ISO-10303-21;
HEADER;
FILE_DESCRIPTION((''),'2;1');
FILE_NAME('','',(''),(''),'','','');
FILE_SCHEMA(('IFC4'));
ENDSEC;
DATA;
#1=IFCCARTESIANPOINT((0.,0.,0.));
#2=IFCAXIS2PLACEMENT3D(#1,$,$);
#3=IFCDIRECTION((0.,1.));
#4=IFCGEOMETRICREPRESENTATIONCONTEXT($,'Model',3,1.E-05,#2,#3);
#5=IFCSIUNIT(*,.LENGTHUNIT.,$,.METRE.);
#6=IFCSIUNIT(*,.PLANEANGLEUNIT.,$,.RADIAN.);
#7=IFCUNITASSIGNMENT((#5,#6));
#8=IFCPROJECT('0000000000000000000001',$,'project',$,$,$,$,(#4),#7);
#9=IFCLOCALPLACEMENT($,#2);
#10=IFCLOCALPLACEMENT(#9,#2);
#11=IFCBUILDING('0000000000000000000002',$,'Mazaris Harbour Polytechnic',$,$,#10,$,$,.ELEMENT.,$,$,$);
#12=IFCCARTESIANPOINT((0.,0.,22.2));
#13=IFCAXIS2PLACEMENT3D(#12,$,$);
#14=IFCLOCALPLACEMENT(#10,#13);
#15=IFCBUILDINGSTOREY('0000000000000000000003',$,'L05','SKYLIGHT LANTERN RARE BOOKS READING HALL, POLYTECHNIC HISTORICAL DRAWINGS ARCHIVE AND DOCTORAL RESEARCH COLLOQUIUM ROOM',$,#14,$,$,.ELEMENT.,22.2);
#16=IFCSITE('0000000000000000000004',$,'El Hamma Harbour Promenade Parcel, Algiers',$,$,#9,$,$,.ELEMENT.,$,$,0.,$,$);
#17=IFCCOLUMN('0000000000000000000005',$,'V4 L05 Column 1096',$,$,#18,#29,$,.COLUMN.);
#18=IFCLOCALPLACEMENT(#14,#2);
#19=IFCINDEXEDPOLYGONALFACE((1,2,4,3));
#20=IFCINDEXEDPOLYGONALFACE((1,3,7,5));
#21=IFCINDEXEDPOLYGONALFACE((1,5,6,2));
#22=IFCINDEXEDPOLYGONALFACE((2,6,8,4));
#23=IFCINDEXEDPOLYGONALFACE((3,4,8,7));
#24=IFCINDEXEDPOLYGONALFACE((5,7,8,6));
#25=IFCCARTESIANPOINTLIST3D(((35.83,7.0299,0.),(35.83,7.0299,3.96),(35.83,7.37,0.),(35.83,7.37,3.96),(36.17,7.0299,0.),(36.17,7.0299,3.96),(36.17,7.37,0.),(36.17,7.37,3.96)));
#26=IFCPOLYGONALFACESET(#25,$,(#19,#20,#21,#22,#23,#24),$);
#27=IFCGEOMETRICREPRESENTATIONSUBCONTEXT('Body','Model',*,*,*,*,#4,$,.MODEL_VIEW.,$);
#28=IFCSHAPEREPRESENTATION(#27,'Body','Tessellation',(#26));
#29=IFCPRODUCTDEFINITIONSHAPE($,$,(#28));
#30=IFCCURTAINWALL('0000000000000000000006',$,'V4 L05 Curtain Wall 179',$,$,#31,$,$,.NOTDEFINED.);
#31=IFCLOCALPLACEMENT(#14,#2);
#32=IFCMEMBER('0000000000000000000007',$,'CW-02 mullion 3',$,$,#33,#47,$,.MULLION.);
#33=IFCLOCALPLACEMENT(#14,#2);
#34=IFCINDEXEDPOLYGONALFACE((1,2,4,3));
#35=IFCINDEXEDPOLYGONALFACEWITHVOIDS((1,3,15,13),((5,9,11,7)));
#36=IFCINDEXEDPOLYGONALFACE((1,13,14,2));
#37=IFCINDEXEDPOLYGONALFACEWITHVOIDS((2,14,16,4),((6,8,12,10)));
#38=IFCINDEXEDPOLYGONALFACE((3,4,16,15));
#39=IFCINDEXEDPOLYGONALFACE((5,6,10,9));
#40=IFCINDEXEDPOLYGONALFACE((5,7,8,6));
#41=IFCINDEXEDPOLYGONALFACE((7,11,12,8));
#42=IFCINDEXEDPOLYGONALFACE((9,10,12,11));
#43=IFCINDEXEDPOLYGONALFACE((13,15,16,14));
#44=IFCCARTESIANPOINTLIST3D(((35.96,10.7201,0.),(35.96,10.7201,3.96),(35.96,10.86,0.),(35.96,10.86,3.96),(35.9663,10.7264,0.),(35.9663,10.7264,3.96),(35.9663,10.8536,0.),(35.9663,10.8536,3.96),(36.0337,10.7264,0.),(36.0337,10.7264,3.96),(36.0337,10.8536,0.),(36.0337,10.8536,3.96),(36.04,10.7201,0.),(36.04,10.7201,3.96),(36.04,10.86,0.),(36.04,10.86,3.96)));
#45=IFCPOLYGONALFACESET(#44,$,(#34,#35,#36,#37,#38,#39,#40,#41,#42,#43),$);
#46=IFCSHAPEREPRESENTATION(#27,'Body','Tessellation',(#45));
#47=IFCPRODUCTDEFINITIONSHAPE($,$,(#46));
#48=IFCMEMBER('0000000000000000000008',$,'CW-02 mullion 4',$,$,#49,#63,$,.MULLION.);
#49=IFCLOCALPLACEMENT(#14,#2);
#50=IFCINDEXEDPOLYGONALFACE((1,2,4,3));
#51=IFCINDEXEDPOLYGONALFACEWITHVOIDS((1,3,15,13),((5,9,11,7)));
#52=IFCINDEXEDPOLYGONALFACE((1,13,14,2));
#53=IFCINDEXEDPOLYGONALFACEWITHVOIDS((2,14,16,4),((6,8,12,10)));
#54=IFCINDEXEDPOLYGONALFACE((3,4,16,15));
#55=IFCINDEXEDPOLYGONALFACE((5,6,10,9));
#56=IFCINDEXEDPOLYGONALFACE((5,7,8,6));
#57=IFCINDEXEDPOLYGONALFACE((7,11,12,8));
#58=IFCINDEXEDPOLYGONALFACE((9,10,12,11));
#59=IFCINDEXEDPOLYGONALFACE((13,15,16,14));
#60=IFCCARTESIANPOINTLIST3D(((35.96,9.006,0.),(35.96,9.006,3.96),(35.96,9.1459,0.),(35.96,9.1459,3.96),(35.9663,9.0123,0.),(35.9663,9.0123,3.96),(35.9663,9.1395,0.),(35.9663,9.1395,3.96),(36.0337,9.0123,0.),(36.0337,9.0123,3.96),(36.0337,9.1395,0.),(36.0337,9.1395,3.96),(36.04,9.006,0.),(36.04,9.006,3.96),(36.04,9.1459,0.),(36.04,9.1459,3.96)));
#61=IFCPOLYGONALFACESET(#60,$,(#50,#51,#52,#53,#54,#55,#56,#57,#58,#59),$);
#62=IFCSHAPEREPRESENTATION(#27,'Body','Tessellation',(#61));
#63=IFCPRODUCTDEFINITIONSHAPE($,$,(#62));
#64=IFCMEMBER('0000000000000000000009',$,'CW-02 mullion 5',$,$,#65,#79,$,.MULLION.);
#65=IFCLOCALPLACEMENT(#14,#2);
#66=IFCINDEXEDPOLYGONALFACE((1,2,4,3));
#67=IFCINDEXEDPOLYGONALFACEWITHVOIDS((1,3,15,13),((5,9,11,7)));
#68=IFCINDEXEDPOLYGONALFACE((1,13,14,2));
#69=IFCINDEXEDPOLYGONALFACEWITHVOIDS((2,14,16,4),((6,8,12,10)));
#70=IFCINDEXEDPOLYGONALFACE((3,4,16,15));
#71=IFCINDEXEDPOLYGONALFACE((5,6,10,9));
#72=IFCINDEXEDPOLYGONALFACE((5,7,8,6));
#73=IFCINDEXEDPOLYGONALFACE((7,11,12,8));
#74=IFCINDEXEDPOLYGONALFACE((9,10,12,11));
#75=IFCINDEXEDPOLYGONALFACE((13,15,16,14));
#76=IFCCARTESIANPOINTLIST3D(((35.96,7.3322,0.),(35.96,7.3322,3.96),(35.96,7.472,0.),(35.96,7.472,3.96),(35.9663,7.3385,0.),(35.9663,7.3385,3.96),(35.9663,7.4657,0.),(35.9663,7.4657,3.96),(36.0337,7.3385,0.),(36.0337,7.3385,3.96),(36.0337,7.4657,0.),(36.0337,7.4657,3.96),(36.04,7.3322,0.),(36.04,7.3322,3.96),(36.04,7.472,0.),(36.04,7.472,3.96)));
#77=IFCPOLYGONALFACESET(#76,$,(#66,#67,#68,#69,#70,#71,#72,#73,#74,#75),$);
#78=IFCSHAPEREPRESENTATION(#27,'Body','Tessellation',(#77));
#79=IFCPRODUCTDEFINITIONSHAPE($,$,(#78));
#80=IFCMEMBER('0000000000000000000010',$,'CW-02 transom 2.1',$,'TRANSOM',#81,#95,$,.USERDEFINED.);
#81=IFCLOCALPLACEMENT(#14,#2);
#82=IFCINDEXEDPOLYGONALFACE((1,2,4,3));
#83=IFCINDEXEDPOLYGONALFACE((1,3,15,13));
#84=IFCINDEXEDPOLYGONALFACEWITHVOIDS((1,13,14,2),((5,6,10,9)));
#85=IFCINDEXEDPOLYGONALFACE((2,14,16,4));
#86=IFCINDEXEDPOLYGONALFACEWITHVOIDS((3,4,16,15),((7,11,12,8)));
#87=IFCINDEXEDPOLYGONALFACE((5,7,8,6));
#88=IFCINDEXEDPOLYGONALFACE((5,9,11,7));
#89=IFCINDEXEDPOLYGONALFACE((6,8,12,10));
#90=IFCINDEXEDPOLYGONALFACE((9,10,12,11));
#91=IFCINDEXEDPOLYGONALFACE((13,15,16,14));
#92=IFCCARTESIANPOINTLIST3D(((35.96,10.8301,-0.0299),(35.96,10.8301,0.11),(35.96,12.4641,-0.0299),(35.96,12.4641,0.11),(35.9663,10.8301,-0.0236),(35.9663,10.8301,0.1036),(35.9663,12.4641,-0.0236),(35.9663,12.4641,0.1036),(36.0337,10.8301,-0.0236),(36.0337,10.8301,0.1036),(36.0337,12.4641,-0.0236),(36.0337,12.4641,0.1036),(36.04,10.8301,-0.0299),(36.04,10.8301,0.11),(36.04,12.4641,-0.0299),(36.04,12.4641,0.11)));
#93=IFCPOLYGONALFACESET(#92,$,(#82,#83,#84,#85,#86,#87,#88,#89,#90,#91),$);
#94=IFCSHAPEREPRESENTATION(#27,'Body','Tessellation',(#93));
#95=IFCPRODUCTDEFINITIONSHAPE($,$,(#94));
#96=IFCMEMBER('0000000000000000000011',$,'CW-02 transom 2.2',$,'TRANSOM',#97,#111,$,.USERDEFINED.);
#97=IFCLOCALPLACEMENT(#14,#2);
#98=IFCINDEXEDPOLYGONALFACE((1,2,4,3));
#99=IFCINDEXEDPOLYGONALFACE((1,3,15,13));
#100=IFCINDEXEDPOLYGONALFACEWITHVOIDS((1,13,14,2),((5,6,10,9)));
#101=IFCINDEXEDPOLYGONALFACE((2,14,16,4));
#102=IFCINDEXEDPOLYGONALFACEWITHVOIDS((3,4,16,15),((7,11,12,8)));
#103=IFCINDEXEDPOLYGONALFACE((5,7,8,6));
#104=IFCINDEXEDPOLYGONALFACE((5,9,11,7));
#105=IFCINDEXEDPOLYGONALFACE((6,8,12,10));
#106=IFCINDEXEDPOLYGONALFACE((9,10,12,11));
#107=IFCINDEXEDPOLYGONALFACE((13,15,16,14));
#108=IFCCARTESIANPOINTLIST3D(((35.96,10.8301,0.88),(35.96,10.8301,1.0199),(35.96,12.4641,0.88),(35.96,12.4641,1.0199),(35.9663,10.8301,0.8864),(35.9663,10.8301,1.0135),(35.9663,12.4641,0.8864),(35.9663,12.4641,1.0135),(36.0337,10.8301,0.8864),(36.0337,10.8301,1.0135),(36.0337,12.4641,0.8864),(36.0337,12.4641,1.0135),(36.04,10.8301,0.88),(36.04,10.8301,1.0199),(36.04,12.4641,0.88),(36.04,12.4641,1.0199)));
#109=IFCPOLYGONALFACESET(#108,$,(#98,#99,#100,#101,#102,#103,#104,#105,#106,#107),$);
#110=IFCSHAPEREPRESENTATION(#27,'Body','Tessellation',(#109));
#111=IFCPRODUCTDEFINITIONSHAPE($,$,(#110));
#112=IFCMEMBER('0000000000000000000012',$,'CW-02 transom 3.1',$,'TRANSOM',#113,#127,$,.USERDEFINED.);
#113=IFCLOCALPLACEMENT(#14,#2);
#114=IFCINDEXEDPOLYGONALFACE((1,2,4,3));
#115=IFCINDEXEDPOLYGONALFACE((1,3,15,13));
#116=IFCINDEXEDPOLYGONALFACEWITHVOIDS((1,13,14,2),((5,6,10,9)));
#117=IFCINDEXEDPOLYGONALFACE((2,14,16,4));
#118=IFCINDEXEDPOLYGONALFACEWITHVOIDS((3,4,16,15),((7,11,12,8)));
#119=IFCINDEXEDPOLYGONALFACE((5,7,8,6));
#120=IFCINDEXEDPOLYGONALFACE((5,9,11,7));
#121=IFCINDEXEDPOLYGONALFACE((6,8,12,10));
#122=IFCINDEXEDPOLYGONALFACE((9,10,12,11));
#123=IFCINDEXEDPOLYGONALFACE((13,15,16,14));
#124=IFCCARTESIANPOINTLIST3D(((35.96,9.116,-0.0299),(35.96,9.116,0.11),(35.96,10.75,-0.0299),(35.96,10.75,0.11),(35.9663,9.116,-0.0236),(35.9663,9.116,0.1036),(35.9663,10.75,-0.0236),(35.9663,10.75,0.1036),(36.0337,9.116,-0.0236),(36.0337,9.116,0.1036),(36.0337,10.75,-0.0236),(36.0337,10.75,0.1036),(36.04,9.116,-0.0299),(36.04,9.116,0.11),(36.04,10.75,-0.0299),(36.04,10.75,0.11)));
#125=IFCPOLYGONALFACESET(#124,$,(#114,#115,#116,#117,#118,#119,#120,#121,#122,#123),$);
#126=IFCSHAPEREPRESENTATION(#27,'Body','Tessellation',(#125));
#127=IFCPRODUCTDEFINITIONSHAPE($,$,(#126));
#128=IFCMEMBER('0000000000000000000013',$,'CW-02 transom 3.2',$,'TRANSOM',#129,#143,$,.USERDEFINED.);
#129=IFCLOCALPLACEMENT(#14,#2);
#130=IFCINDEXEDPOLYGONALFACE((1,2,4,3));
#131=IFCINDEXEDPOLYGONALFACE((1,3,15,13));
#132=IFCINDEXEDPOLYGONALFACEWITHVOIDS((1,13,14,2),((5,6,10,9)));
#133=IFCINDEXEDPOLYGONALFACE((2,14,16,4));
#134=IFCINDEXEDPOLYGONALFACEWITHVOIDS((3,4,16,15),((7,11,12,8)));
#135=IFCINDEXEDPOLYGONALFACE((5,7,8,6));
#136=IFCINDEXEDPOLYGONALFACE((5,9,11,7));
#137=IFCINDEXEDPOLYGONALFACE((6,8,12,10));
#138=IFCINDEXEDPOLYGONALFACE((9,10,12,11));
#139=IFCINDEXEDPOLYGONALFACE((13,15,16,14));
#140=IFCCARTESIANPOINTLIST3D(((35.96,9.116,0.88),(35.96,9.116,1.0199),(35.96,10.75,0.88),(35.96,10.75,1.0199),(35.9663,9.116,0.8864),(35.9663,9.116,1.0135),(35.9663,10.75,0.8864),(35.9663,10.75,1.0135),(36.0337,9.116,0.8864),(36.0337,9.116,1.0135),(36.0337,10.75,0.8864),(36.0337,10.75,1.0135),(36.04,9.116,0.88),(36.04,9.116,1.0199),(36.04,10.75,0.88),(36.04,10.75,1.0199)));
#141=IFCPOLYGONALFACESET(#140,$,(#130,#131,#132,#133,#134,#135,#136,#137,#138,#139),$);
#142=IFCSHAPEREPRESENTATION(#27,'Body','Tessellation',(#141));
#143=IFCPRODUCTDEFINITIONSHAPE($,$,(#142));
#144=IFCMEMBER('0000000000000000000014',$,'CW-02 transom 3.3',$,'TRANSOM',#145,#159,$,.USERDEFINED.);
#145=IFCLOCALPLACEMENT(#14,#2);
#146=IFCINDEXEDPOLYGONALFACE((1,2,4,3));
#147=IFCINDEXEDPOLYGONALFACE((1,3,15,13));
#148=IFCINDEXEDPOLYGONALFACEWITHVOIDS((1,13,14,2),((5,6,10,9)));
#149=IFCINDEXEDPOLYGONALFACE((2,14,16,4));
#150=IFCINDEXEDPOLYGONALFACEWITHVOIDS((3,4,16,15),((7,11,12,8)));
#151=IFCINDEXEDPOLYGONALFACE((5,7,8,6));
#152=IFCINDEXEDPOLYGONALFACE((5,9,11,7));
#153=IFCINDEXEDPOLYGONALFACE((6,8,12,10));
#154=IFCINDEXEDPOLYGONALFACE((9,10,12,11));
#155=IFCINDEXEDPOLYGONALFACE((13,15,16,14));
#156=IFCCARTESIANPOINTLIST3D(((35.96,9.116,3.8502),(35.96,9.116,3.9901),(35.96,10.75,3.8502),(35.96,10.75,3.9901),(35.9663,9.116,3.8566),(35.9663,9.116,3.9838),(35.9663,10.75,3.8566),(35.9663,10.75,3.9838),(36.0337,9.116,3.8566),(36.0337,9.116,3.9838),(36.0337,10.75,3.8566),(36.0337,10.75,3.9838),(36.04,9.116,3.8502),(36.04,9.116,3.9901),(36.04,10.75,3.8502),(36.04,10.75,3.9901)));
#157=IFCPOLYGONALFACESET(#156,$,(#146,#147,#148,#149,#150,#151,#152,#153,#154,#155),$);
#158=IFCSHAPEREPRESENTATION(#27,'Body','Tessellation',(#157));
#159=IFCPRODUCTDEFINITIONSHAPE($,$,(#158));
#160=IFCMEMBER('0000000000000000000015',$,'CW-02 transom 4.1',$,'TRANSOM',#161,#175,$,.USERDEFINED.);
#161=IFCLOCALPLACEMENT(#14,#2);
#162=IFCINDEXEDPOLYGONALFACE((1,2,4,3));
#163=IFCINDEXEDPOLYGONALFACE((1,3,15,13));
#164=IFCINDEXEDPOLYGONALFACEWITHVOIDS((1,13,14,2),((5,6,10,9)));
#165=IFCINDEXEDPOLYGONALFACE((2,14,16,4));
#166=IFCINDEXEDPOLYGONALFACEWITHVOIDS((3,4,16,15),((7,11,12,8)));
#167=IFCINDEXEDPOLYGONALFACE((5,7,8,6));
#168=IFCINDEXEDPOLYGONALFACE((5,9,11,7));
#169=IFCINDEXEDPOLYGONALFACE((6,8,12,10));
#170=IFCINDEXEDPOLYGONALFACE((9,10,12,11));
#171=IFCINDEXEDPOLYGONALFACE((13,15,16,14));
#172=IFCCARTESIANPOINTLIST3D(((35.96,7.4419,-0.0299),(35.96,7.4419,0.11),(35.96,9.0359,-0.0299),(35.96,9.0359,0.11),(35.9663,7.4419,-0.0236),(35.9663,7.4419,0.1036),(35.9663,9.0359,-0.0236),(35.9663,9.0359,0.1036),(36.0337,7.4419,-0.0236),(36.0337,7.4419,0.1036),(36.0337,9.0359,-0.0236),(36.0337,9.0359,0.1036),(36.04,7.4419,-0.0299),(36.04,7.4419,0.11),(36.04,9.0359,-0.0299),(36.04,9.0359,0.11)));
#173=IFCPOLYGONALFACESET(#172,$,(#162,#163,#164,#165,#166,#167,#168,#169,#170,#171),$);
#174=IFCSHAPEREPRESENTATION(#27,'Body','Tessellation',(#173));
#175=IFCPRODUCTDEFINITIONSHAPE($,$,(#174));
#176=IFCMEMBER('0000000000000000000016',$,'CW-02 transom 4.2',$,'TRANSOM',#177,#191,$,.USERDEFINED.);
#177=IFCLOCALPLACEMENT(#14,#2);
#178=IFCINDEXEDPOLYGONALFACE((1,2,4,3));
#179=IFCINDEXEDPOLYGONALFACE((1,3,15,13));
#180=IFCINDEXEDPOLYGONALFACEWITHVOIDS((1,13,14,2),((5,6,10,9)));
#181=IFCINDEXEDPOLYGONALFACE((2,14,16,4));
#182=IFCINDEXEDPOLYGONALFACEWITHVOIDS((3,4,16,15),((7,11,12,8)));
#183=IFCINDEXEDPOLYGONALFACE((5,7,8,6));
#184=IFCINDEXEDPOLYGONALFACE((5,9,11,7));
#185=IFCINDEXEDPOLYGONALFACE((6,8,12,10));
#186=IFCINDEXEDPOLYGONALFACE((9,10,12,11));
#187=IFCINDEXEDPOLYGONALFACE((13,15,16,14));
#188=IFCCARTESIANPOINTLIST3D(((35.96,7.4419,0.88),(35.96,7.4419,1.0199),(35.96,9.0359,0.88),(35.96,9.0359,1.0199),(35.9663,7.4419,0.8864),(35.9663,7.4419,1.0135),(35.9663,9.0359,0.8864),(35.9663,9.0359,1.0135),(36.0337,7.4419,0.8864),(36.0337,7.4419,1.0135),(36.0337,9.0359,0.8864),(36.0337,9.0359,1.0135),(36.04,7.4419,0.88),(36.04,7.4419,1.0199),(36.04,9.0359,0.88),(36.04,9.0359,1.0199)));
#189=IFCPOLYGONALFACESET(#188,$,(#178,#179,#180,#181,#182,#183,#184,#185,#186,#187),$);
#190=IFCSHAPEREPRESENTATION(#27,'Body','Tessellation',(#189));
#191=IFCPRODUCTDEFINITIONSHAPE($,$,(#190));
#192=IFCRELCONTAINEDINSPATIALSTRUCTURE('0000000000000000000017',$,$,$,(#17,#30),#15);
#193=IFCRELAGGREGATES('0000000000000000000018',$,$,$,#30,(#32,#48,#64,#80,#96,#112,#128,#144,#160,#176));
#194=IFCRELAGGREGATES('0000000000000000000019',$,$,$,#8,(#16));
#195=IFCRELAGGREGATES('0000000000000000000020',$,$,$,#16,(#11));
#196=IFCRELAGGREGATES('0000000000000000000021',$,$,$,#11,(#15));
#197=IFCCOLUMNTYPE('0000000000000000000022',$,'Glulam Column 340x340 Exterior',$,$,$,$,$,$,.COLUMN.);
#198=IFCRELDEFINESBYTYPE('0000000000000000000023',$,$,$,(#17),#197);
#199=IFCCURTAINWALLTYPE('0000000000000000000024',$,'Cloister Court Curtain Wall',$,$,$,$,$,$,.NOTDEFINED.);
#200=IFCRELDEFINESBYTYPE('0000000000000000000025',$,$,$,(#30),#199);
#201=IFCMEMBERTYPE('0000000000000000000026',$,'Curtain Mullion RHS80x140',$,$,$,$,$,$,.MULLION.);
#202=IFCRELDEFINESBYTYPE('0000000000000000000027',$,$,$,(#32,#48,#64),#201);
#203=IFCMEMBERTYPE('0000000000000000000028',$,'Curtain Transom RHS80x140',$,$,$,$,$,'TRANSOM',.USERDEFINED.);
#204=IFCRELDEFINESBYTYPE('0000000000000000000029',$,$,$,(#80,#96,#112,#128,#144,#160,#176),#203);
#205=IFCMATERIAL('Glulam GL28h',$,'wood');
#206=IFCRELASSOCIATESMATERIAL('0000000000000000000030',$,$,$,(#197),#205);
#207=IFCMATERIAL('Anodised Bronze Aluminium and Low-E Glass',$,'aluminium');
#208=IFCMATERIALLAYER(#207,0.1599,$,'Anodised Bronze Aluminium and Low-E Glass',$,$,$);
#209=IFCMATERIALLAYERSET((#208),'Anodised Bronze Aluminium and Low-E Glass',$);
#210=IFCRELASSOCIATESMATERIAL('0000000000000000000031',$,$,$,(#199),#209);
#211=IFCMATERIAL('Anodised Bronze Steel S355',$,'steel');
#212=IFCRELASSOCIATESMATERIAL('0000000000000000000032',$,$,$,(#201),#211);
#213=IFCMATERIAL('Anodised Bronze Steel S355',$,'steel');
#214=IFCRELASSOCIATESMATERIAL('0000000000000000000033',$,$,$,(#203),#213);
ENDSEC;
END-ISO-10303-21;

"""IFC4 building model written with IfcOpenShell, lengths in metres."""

from ifc_helpers import new_model, si_unit, direction, frame, origin, origin_2d, place, context, subcontext, project, spatial, rectangle, hollow_rectangle, extrude, material, layer, layer_set, material_profile, profile_set, type_object, element, aggregate, save


model = new_model("IFC4")

# Units and contexts
model_context = context("Model", 3, precision=1e-05, world=origin(), true_north=direction((0.0, 1.0)))
body_context = subcontext(model_context, "Body", "Model", "MODEL_VIEW")
ifc_project = project(units=[si_unit("LENGTHUNIT", "METRE"), si_unit("PLANEANGLEUNIT", "RADIAN")], contexts=[model_context])

# Site, building, storey
site_placement = place(None, origin())
site = spatial("IfcSite", under=ifc_project, at=site_placement, Name="El Hamma Harbour Promenade Parcel, Algiers", CompositionType="ELEMENT", RefElevation=0.0)
building_placement = place(site_placement, origin())
building = spatial("IfcBuilding", under=site, at=building_placement, Name="Mazaris Harbour Polytechnic", CompositionType="ELEMENT")
storey_placement = place(building_placement, frame((0.0, 0.0, 22.2)))
storey = spatial("IfcBuildingStorey", under=building, at=storey_placement, Name="L05", Description="SKYLIGHT LANTERN RARE BOOKS READING HALL, POLYTECHNIC HISTORICAL DRAWINGS ARCHIVE AND DOCTORAL RESEARCH COLLOQUIUM ROOM", CompositionType="ELEMENT", Elevation=22.2)

# Column
ifc_material_1 = material(Name="Glulam GL28h", Category="wood")
ifc_material_profile_1 = material_profile(ifc_material_1, rectangle(XDim=0.3401, YDim=0.3401, at=origin_2d()), Name="RECT340x340")
ifc_profile_set_1 = profile_set([ifc_material_profile_1], Name="Glulam GL28h")
column_type = type_object("IfcColumnType", Name="Glulam Column 340x340 Exterior", PredefinedType="COLUMN", material=ifc_profile_set_1)
column_placement = place(storey_placement, frame((36.0, 7.2, 0.0), z_axis=(0.0, 0.0, 1.0), x_axis=(1.0, 0.0, 0.0)))
element("IfcColumn", 1, at=column_placement, inside=storey, type_object=column_type, Name="V4 L05 Column 1096", PredefinedType="COLUMN", context=body_context, shape_type="SweptSolid", body=[
    extrude(rectangle(XDim=0.3401, YDim=0.3401, at=origin_2d()), origin(), (0.0, 0.0, 1.0), 3.96),
])

# Curtain wall, members
ifc_material_2 = material(Name="Anodised Bronze Aluminium and Low-E Glass", Category="aluminium")
ifc_layer_1 = layer(ifc_material_2, 0.1599, Name="Anodised Bronze Aluminium and Low-E Glass")
ifc_layer_set_1 = layer_set([ifc_layer_1], Name="Anodised Bronze Aluminium and Low-E Glass")
curtain_wall_type = type_object("IfcCurtainWallType", Name="Cloister Court Curtain Wall", PredefinedType="NOTDEFINED", material=ifc_layer_set_1)
curtain_wall_placement = place(storey_placement, origin())
curtain_wall = element("IfcCurtainWall", 2, at=curtain_wall_placement, inside=storey, type_object=curtain_wall_type, Name="V4 L05 Curtain Wall 179", PredefinedType="NOTDEFINED")
ifc_material_3 = material(Name="Anodised Bronze Steel S355", Category="steel")
ifc_material_profile_2 = material_profile(ifc_material_3, hollow_rectangle(XDim=0.0801, YDim=0.1399, WallThickness=0.0063, at=origin_2d()), Name="RHS 80x140x6.3")
ifc_profile_set_2 = profile_set([ifc_material_profile_2], Name="Anodised Bronze Steel S355")
member_type_1 = type_object("IfcMemberType", Name="Curtain Mullion RHS80x140", PredefinedType="MULLION", material=ifc_profile_set_2)
member_1_placement = place(storey_placement, frame((36.0, 10.79, 0.0), z_axis=(0.0, 0.0, 1.0), x_axis=(1.0, 0.0, 0.0)))
member_1 = element("IfcMember", 3, at=member_1_placement, type_object=member_type_1, Name="CW-02 mullion 3", PredefinedType="MULLION", context=body_context, shape_type="SweptSolid", body=[
    extrude(hollow_rectangle(XDim=0.0801, YDim=0.1399, WallThickness=0.0063, at=origin_2d()), origin(), (0.0, 0.0, 1.0), 3.96),
])
member_2_placement = place(storey_placement, frame((36.0, 9.0759, 0.0), z_axis=(0.0, 0.0, 1.0), x_axis=(1.0, 0.0, 0.0)))
member_2 = element("IfcMember", 4, at=member_2_placement, type_object=member_type_1, Name="CW-02 mullion 4", PredefinedType="MULLION", context=body_context, shape_type="SweptSolid", body=[
    extrude(hollow_rectangle(XDim=0.0801, YDim=0.1399, WallThickness=0.0063, at=origin_2d()), origin(), (0.0, 0.0, 1.0), 3.96),
])
member_3_placement = place(storey_placement, frame((36.0, 7.4021, 0.0), z_axis=(0.0, 0.0, 1.0), x_axis=(1.0, 0.0, 0.0)))
member_3 = element("IfcMember", 5, at=member_3_placement, type_object=member_type_1, Name="CW-02 mullion 5", PredefinedType="MULLION", context=body_context, shape_type="SweptSolid", body=[
    extrude(hollow_rectangle(XDim=0.0801, YDim=0.1399, WallThickness=0.0063, at=origin_2d()), origin(), (0.0, 0.0, 1.0), 3.96),
])
ifc_material_4 = material(Name="Anodised Bronze Steel S355", Category="steel")
ifc_material_profile_3 = material_profile(ifc_material_4, hollow_rectangle(XDim=0.0801, YDim=0.1399, WallThickness=0.0063, at=origin_2d()), Name="RHS 80x140x6.3")
ifc_profile_set_3 = profile_set([ifc_material_profile_3], Name="Anodised Bronze Steel S355")
member_type_2 = type_object("IfcMemberType", Name="Curtain Transom RHS80x140", ElementType="TRANSOM", PredefinedType="USERDEFINED", material=ifc_profile_set_3)
member_4_placement = place(storey_placement, frame((36.0, 12.4641, 0.04), z_axis=(0.0, -1.0, 0.0), x_axis=(1.0, 0.0, 0.0)))
member_4 = element("IfcMember", 6, at=member_4_placement, type_object=member_type_2, Name="CW-02 transom 2.1", ObjectType="TRANSOM", PredefinedType="USERDEFINED", context=body_context, shape_type="SweptSolid", body=[
    extrude(hollow_rectangle(XDim=0.0801, YDim=0.1399, WallThickness=0.0063, at=origin_2d()), origin(), (0.0, 0.0, 1.0), 1.634),
])
member_5_placement = place(storey_placement, frame((36.0, 12.4641, 0.95), z_axis=(0.0, -1.0, 0.0), x_axis=(1.0, 0.0, 0.0)))
member_5 = element("IfcMember", 7, at=member_5_placement, type_object=member_type_2, Name="CW-02 transom 2.2", ObjectType="TRANSOM", PredefinedType="USERDEFINED", context=body_context, shape_type="SweptSolid", body=[
    extrude(hollow_rectangle(XDim=0.0801, YDim=0.1399, WallThickness=0.0063, at=origin_2d()), origin(), (0.0, 0.0, 1.0), 1.634),
])
member_6_placement = place(storey_placement, frame((36.0, 10.75, 0.04), z_axis=(0.0, -1.0, 0.0), x_axis=(1.0, 0.0, 0.0)))
member_6 = element("IfcMember", 8, at=member_6_placement, type_object=member_type_2, Name="CW-02 transom 3.1", ObjectType="TRANSOM", PredefinedType="USERDEFINED", context=body_context, shape_type="SweptSolid", body=[
    extrude(hollow_rectangle(XDim=0.0801, YDim=0.1399, WallThickness=0.0063, at=origin_2d()), origin(), (0.0, 0.0, 1.0), 1.634),
])
member_7_placement = place(storey_placement, frame((36.0, 10.75, 0.95), z_axis=(0.0, -1.0, 0.0), x_axis=(1.0, 0.0, 0.0)))
member_7 = element("IfcMember", 9, at=member_7_placement, type_object=member_type_2, Name="CW-02 transom 3.2", ObjectType="TRANSOM", PredefinedType="USERDEFINED", context=body_context, shape_type="SweptSolid", body=[
    extrude(hollow_rectangle(XDim=0.0801, YDim=0.1399, WallThickness=0.0063, at=origin_2d()), origin(), (0.0, 0.0, 1.0), 1.634),
])
member_8_placement = place(storey_placement, frame((36.0, 10.75, 3.9202), z_axis=(0.0, -1.0, 0.0), x_axis=(1.0, 0.0, 0.0)))
member_8 = element("IfcMember", 10, at=member_8_placement, type_object=member_type_2, Name="CW-02 transom 3.3", ObjectType="TRANSOM", PredefinedType="USERDEFINED", context=body_context, shape_type="SweptSolid", body=[
    extrude(hollow_rectangle(XDim=0.0801, YDim=0.1399, WallThickness=0.0063, at=origin_2d()), origin(), (0.0, 0.0, 1.0), 1.634),
])
member_9_placement = place(storey_placement, frame((36.0, 9.0359, 0.04), z_axis=(0.0, -1.0, 0.0), x_axis=(1.0, 0.0, 0.0)))
member_9 = element("IfcMember", 11, at=member_9_placement, type_object=member_type_2, Name="CW-02 transom 4.1", ObjectType="TRANSOM", PredefinedType="USERDEFINED", context=body_context, shape_type="SweptSolid", body=[
    extrude(hollow_rectangle(XDim=0.0801, YDim=0.1399, WallThickness=0.0063, at=origin_2d()), origin(), (0.0, 0.0, 1.0), 1.594),
])
member_10_placement = place(storey_placement, frame((36.0, 9.0359, 0.95), z_axis=(0.0, -1.0, 0.0), x_axis=(1.0, 0.0, 0.0)))
member_10 = element("IfcMember", 12, at=member_10_placement, type_object=member_type_2, Name="CW-02 transom 4.2", ObjectType="TRANSOM", PredefinedType="USERDEFINED", context=body_context, shape_type="SweptSolid", body=[
    extrude(hollow_rectangle(XDim=0.0801, YDim=0.1399, WallThickness=0.0063, at=origin_2d()), origin(), (0.0, 0.0, 1.0), 1.594),
])
aggregate(curtain_wall, [member_1, member_2, member_3, member_4, member_5, member_6, member_7, member_8, member_9, member_10])

save(model, "model.ifc")
